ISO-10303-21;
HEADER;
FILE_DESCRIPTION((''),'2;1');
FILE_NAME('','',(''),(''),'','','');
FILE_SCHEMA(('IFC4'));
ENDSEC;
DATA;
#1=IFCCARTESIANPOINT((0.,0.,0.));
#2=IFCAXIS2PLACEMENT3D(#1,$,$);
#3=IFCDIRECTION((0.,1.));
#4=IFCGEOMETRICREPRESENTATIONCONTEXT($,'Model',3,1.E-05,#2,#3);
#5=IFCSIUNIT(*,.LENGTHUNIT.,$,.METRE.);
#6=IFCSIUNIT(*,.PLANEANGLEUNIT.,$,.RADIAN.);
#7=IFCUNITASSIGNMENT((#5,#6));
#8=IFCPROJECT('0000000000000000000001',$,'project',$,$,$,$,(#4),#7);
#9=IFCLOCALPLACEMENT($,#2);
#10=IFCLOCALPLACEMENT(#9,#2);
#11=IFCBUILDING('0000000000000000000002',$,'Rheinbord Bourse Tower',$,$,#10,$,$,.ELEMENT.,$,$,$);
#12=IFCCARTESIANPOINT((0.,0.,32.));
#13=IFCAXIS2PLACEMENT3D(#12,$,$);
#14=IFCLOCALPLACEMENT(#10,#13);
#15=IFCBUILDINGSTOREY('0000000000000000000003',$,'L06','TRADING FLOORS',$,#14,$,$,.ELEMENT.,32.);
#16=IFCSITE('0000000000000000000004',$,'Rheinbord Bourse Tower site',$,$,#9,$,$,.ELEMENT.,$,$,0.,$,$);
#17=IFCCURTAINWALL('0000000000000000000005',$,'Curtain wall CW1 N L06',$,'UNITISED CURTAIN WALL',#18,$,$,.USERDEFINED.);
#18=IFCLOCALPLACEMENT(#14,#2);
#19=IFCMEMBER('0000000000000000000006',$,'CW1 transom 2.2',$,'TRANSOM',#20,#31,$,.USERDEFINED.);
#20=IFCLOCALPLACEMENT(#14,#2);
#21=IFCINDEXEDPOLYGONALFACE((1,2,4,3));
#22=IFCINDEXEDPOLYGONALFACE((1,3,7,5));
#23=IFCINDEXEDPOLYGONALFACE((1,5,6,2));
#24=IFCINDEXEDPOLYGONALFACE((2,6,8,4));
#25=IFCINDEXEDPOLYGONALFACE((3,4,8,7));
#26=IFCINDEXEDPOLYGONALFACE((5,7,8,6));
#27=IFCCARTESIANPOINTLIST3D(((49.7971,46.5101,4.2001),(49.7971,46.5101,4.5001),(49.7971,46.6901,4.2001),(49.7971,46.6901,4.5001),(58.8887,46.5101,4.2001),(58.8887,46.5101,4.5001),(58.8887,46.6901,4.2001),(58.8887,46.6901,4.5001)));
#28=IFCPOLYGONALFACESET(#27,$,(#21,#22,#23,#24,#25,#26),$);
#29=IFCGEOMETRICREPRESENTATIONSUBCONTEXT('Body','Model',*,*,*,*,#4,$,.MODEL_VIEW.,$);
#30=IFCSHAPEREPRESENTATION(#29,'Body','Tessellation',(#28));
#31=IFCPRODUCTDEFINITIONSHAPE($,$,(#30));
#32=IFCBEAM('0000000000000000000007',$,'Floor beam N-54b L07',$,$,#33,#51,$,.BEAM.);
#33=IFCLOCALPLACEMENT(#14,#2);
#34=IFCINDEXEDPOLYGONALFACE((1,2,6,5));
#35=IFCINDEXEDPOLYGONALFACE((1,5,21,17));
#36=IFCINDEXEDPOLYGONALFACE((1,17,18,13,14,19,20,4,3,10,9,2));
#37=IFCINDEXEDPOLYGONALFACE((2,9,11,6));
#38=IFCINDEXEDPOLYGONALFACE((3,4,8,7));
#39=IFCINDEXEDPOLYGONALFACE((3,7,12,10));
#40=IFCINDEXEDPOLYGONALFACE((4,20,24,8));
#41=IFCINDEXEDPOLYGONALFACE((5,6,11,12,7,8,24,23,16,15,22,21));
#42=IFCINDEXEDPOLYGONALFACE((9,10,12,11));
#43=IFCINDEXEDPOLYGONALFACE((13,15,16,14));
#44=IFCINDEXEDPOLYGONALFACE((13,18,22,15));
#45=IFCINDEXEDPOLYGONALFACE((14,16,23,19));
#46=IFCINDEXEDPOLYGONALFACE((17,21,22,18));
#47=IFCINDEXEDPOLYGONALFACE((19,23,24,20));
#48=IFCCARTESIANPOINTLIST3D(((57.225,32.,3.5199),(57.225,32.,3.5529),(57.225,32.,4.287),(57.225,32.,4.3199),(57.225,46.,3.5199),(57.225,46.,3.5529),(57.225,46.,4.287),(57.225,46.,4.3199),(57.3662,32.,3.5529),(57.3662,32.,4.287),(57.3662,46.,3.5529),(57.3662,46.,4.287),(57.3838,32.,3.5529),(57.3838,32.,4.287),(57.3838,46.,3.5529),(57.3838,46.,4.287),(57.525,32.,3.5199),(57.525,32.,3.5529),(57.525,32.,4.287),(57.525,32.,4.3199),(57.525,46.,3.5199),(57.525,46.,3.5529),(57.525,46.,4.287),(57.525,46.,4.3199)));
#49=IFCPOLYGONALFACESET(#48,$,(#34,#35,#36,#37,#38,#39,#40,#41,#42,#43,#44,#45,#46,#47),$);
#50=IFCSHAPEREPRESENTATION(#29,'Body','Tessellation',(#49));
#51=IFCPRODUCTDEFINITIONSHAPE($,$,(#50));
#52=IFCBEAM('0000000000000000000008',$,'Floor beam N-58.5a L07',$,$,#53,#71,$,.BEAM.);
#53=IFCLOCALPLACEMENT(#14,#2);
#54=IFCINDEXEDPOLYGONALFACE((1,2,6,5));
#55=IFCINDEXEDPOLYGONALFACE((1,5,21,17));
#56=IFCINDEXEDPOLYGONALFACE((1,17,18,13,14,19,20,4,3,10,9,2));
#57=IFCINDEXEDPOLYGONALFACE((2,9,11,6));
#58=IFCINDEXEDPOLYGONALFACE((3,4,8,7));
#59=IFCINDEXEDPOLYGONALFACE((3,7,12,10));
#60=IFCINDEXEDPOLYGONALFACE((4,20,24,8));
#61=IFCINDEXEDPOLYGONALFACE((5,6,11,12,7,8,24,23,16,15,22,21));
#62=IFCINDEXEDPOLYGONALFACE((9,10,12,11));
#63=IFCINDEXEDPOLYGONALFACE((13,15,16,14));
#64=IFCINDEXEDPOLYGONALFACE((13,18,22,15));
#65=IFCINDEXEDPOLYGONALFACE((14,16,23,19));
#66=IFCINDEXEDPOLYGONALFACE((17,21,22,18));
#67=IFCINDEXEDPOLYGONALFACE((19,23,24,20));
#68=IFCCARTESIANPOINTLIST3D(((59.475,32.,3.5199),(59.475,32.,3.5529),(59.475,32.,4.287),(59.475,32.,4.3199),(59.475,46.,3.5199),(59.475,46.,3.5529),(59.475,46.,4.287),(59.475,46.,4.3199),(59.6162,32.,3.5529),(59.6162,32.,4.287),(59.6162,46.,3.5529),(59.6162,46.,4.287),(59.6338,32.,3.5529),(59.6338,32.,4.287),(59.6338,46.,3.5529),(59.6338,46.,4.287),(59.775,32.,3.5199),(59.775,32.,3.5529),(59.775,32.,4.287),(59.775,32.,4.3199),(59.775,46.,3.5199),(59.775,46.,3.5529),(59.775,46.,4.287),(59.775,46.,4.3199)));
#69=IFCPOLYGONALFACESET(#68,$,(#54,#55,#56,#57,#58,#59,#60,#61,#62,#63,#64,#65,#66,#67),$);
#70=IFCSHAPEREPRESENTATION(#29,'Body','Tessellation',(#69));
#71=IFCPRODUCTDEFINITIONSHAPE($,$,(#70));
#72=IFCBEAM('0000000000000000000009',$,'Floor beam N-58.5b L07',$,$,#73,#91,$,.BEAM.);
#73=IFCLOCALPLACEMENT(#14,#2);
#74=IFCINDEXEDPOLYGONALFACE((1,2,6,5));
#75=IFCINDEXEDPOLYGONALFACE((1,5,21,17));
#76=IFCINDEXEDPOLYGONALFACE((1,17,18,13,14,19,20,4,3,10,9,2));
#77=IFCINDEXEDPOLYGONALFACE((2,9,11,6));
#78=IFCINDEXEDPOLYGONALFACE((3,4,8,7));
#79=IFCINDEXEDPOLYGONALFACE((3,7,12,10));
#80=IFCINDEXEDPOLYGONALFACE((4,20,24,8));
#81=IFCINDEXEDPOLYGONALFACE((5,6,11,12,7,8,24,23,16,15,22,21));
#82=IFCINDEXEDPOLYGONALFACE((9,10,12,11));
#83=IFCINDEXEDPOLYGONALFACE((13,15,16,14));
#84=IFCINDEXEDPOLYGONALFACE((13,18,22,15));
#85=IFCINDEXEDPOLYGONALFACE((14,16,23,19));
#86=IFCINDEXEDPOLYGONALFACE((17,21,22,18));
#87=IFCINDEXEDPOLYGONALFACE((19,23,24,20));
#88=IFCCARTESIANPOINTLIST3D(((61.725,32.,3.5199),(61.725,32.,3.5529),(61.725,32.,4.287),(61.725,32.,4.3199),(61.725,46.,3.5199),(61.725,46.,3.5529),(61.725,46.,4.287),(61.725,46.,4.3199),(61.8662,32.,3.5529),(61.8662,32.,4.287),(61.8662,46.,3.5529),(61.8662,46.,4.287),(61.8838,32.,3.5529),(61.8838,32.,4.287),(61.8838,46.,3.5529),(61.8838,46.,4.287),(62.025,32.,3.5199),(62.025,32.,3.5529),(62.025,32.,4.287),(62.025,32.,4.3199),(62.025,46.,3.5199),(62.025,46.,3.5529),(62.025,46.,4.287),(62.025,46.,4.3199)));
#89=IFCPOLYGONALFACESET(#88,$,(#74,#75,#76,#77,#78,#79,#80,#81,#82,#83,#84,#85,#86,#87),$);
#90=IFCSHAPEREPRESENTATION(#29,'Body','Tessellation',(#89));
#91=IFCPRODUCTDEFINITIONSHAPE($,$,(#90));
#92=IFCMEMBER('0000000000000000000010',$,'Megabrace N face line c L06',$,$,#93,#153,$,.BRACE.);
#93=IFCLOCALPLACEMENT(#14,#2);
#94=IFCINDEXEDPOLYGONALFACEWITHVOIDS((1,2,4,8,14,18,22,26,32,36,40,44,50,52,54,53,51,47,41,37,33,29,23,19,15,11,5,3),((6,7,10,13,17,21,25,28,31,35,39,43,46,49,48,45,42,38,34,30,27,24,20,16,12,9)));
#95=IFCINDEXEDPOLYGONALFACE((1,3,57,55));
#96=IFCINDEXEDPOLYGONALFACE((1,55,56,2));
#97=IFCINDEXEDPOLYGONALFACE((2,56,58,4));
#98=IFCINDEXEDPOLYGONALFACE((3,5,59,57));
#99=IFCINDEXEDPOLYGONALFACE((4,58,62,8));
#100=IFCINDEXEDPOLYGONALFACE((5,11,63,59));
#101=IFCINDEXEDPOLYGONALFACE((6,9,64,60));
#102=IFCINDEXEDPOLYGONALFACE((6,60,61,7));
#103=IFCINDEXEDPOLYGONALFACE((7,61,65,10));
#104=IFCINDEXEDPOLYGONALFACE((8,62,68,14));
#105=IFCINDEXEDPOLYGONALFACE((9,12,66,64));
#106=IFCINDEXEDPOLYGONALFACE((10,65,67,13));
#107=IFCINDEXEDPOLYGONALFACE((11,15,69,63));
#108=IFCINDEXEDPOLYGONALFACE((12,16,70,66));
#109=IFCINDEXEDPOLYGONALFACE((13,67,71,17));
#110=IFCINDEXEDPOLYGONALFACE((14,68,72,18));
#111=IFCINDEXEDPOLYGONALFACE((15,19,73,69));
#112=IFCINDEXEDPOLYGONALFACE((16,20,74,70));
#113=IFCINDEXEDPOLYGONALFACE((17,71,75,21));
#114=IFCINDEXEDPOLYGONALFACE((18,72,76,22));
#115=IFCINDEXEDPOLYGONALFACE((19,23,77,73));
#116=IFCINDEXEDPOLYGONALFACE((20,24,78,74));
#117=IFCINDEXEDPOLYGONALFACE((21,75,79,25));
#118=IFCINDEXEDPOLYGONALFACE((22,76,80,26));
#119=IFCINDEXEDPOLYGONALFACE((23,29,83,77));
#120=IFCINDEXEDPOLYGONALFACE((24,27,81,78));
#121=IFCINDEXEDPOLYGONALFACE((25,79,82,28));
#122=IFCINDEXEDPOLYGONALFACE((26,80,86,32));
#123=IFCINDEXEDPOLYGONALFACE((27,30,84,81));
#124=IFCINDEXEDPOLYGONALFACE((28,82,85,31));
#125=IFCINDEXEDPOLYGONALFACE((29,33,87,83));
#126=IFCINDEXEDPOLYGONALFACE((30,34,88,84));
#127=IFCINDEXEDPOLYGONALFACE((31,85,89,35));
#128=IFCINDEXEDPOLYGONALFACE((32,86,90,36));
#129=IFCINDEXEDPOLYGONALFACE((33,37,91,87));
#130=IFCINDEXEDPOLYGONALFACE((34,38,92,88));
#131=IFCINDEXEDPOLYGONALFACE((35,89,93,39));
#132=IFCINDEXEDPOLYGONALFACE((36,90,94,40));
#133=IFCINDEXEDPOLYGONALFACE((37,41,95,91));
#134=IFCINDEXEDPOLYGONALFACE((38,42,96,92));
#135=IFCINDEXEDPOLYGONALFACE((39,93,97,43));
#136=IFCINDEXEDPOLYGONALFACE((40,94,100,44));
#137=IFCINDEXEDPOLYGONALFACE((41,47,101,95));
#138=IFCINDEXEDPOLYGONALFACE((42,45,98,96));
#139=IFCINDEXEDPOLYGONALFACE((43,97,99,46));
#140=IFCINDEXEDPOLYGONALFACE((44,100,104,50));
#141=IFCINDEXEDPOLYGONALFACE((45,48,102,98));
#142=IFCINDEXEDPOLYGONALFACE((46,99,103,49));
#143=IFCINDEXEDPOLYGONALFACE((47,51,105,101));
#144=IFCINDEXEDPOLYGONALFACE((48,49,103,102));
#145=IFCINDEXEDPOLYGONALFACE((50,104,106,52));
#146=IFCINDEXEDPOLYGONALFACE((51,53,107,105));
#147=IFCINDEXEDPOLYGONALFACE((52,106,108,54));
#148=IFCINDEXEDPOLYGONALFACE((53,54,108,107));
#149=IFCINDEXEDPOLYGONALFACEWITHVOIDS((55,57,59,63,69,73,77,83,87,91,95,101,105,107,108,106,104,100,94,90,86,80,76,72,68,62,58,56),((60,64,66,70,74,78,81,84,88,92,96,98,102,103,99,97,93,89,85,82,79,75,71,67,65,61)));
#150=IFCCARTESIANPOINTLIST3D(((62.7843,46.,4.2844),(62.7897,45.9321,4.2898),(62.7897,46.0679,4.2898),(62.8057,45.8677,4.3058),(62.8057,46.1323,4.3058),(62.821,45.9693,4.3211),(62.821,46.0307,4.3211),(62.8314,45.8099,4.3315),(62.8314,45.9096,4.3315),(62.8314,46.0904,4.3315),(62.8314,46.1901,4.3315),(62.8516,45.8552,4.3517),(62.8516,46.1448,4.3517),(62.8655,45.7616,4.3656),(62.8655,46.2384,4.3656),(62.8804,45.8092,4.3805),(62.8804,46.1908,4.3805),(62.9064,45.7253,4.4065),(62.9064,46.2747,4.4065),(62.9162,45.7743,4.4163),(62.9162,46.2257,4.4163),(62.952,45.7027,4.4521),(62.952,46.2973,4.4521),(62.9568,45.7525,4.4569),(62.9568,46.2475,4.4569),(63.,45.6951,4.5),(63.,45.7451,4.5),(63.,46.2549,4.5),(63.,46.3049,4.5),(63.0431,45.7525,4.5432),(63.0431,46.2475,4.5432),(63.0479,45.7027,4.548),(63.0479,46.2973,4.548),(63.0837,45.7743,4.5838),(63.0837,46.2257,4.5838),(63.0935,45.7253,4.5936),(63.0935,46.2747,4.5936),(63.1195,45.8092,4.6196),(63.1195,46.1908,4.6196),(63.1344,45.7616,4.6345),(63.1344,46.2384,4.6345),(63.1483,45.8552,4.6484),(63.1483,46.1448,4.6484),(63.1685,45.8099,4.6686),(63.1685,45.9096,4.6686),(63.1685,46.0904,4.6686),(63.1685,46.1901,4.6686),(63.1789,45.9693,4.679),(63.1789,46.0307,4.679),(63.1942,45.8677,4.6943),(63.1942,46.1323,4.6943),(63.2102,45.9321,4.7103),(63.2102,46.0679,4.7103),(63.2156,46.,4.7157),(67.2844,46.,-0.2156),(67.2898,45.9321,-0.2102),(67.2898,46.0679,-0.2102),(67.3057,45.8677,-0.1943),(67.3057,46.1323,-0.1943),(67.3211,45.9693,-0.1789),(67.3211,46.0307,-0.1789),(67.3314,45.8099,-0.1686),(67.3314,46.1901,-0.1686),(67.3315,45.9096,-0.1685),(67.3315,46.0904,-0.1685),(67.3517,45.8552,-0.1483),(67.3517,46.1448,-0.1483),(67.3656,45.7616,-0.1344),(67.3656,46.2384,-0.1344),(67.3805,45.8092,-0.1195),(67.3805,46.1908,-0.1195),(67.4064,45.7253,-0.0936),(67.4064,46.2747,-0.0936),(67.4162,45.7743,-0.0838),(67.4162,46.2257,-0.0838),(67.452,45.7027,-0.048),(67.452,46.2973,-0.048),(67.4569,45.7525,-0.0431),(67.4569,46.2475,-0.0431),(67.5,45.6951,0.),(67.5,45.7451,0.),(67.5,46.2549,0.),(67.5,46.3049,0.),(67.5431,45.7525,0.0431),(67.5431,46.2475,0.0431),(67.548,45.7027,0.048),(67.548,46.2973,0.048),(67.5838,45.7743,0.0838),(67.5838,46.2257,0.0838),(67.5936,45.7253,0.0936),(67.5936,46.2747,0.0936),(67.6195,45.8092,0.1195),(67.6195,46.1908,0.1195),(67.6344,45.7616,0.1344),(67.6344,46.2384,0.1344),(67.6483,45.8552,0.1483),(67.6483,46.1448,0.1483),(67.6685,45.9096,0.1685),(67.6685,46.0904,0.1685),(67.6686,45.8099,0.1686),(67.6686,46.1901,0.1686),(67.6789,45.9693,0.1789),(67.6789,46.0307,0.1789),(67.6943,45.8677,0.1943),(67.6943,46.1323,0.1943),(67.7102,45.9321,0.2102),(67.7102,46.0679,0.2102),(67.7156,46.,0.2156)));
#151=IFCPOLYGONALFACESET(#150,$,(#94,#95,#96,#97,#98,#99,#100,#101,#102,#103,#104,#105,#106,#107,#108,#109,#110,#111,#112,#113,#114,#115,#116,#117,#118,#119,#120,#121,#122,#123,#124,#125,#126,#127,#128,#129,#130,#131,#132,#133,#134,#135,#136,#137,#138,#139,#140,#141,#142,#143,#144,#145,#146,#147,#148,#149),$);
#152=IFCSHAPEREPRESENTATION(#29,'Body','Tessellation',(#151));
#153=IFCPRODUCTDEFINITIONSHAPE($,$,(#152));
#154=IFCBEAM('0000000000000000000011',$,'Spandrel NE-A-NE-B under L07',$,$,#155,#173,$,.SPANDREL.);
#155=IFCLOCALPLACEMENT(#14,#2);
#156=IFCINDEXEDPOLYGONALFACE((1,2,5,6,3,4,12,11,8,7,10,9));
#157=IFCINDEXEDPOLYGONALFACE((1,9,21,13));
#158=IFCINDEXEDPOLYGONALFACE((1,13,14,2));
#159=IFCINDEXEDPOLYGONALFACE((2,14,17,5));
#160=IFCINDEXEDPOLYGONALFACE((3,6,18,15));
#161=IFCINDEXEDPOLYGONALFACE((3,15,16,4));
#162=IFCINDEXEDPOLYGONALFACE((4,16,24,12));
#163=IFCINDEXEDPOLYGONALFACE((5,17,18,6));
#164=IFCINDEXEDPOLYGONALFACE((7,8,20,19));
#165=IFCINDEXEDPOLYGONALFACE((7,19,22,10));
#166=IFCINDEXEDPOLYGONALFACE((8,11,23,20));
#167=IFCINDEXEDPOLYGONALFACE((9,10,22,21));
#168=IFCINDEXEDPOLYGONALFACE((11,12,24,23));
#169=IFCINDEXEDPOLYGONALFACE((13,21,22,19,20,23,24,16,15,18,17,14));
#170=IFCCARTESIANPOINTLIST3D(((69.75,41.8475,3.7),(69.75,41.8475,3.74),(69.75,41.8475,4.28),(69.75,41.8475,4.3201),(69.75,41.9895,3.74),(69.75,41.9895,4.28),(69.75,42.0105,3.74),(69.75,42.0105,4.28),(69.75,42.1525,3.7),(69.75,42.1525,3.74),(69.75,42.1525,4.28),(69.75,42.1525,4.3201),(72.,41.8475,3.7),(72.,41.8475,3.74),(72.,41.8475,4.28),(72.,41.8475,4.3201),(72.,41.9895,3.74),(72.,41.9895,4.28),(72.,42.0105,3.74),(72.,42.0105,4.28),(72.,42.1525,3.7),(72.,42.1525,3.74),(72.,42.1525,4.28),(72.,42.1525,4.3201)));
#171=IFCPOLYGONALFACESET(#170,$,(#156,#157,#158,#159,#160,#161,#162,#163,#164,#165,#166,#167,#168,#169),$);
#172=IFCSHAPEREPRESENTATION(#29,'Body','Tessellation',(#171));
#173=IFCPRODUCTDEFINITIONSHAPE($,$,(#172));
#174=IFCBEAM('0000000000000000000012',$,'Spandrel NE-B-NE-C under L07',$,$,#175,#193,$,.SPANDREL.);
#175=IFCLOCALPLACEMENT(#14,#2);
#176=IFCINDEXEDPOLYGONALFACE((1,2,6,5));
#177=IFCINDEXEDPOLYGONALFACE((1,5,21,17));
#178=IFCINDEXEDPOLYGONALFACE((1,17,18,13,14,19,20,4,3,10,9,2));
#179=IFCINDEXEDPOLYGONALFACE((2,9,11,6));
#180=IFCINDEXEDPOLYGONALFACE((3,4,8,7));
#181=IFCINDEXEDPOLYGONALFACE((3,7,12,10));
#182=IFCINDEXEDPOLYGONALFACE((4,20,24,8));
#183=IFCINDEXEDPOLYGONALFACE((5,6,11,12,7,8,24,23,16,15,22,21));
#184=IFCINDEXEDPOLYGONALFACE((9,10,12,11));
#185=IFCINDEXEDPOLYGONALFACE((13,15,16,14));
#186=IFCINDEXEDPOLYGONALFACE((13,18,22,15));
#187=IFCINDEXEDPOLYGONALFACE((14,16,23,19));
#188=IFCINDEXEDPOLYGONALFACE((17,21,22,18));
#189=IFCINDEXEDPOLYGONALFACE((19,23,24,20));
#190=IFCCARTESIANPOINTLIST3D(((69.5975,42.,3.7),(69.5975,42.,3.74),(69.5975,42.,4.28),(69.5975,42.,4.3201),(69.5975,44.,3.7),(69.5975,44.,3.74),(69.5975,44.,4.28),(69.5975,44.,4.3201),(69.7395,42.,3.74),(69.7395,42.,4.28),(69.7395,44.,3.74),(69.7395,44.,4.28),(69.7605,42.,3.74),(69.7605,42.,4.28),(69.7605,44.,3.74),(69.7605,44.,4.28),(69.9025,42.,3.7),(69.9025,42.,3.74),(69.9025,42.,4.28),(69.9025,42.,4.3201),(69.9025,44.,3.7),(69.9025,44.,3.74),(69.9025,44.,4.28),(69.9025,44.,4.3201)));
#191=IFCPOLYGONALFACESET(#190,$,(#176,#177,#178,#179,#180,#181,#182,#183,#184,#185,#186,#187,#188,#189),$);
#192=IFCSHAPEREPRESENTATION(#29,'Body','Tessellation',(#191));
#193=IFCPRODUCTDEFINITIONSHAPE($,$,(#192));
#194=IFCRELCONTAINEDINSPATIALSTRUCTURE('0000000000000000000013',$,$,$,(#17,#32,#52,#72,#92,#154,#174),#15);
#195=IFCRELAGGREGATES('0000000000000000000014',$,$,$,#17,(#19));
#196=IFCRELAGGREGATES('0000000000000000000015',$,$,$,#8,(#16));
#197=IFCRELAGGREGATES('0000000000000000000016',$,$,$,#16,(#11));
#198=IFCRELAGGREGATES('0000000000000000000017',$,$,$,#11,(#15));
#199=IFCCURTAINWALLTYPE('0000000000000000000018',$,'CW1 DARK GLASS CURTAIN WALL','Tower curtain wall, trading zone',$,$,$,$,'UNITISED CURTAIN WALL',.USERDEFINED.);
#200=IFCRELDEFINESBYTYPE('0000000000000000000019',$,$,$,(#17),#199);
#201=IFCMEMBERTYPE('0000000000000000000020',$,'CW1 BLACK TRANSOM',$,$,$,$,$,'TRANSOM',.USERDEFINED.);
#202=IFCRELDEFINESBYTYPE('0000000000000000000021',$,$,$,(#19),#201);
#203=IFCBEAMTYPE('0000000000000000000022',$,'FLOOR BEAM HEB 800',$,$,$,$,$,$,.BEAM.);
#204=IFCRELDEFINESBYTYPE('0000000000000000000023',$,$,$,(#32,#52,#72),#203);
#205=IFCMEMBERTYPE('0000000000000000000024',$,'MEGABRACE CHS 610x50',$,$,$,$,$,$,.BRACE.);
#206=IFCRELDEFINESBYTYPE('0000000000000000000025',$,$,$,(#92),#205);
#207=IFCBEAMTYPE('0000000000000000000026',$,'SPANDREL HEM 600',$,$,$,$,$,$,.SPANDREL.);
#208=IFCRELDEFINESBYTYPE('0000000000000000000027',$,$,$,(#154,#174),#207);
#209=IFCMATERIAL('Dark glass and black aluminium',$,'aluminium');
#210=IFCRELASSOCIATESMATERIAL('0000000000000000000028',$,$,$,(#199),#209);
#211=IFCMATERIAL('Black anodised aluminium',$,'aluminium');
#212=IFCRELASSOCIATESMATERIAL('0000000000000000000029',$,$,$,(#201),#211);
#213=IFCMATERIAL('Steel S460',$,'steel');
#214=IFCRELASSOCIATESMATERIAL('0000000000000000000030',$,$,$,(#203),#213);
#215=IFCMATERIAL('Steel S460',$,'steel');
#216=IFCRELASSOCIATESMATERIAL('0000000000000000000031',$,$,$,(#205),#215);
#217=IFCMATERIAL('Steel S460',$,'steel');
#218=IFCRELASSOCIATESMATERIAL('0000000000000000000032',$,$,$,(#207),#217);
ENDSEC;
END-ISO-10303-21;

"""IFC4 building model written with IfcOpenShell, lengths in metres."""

from ifc_helpers import new_model, si_unit, direction, frame, origin, origin_2d, place, context, subcontext, project, spatial, rectangle, hollow_circle, i_section, extrude, material, material_profile, profile_set, type_object, element, aggregate, save


model = new_model("IFC4")

# Units and contexts
model_context = context("Model", 3, precision=1e-05, world=origin(), true_north=direction((0.0, 1.0)))
body_context = subcontext(model_context, "Body", "Model", "MODEL_VIEW")
ifc_project = project(units=[si_unit("LENGTHUNIT", "METRE"), si_unit("PLANEANGLEUNIT", "RADIAN")], contexts=[model_context])

# Site, building, storey
site_placement = place(None, origin())
site = spatial("IfcSite", under=ifc_project, at=site_placement, Name="Rheinbord Bourse Tower site", CompositionType="ELEMENT", RefElevation=0.0)
building_placement = place(site_placement, origin())
building = spatial("IfcBuilding", under=site, at=building_placement, Name="Rheinbord Bourse Tower", CompositionType="ELEMENT")
storey_placement = place(building_placement, frame((0.0, 0.0, 32.0)))
storey = spatial("IfcBuildingStorey", under=building, at=storey_placement, Name="L06", Description="TRADING FLOORS", CompositionType="ELEMENT", Elevation=32.0)

# Curtain wall
ifc_material_1 = material(Name="Dark glass and black aluminium", Category="aluminium")
curtain_wall_type = type_object("IfcCurtainWallType", Name="CW1 DARK GLASS CURTAIN WALL", Description="Tower curtain wall, trading zone", ElementType="UNITISED CURTAIN WALL", PredefinedType="USERDEFINED", material=ifc_material_1)
curtain_wall_1_placement = place(storey_placement, origin())
curtain_wall_1 = element("IfcCurtainWall", 1, at=curtain_wall_1_placement, inside=storey, type_object=curtain_wall_type, Name="Curtain wall CW1 N L06", ObjectType="UNITISED CURTAIN WALL", PredefinedType="USERDEFINED")

# Member
ifc_material_2 = material(Name="Black anodised aluminium", Category="aluminium")
ifc_material_profile_1 = material_profile(ifc_material_2, rectangle(XDim=0.1799, YDim=0.3, at=origin_2d()), Name="CW1 TRANSOM 300x180")
ifc_profile_set_1 = profile_set([ifc_material_profile_1], Name="Black anodised aluminium")
member_type_1 = type_object("IfcMemberType", Name="CW1 BLACK TRANSOM", ElementType="TRANSOM", PredefinedType="USERDEFINED", material=ifc_profile_set_1)
member_1_placement = place(storey_placement, frame((58.8887, 46.6001, 4.3501), z_axis=(-1.0, 0.0, 0.0), x_axis=(0.0, -1.0, 0.0)))
member_1 = element("IfcMember", 2, at=member_1_placement, type_object=member_type_1, Name="CW1 transom 2.2", ObjectType="TRANSOM", PredefinedType="USERDEFINED", context=body_context, shape_type="SweptSolid", body=[
    extrude(rectangle(XDim=0.1799, YDim=0.3, at=origin_2d()), origin(), (0.0, 0.0, 1.0), 9.0916),
])

# Beams
ifc_material_3 = material(Name="Steel S460", Category="steel")
ifc_material_profile_2 = material_profile(ifc_material_3, i_section(OverallWidth=0.3, OverallDepth=0.8, WebThickness=0.0176, FlangeThickness=0.033, at=origin_2d()), Name="HEB 800")
ifc_profile_set_2 = profile_set([ifc_material_profile_2], Name="Steel S460")
beam_type_1 = type_object("IfcBeamType", Name="FLOOR BEAM HEB 800", PredefinedType="BEAM", material=ifc_profile_set_2)
for number, where, z_axis, x_axis, name in (
    (3, (57.375, 46.0, 3.9199), (0.0, -1.0, 0.0), (1.0, 0.0, 0.0), "Floor beam N-54b L07"),
    (4, (59.625, 46.0, 3.9199), (0.0, -1.0, 0.0), (1.0, 0.0, 0.0), "Floor beam N-58.5a L07"),
    (5, (61.875, 46.0, 3.9199), (0.0, -1.0, 0.0), (1.0, 0.0, 0.0), "Floor beam N-58.5b L07"),
):
    element("IfcBeam", number, at=place(storey_placement, frame(where, z_axis=z_axis, x_axis=x_axis)), inside=storey, type_object=beam_type_1, Name=name, PredefinedType="BEAM", context=body_context, shape_type="SweptSolid", body=[
        extrude(i_section(OverallWidth=0.3, OverallDepth=0.8, WebThickness=0.0176, FlangeThickness=0.033, at=origin_2d()), origin(), (0.0, 0.0, 1.0), 14.0),
    ])

# Member
ifc_material_4 = material(Name="Steel S460", Category="steel")
ifc_material_profile_3 = material_profile(ifc_material_4, hollow_circle(Radius=0.3049, WallThickness=0.05, at=origin_2d()), Name="CHS 610x50")
ifc_profile_set_3 = profile_set([ifc_material_profile_3], Name="Steel S460")
member_type_2 = type_object("IfcMemberType", Name="MEGABRACE CHS 610x50", PredefinedType="BRACE", material=ifc_profile_set_3)
member_2_placement = place(storey_placement, frame((67.5, 46.0, 0.0), z_axis=(-0.707107, 0.0, 0.707107), x_axis=(0.0, -1.0, 0.0)))
element("IfcMember", 6, at=member_2_placement, inside=storey, type_object=member_type_2, Name="Megabrace N face line c L06", PredefinedType="BRACE", context=body_context, shape_type="SweptSolid", body=[
    extrude(hollow_circle(Radius=0.3049, WallThickness=0.05, at=origin_2d()), origin(), (0.0, 0.0, 1.0), 6.364),
])

# Beams
ifc_material_5 = material(Name="Steel S460", Category="steel")
ifc_material_profile_4 = material_profile(ifc_material_5, i_section(OverallWidth=0.3049, OverallDepth=0.6201, WebThickness=0.021, FlangeThickness=0.04, at=origin_2d()), Name="HEM 600")
ifc_profile_set_4 = profile_set([ifc_material_profile_4], Name="Steel S460")
beam_type_2 = type_object("IfcBeamType", Name="SPANDREL HEM 600", PredefinedType="SPANDREL", material=ifc_profile_set_4)
beam_1_placement = place(storey_placement, frame((72.0, 42.0, 4.01), z_axis=(-1.0, 0.0, 0.0), x_axis=(0.0, -1.0, 0.0)))
element("IfcBeam", 7, at=beam_1_placement, inside=storey, type_object=beam_type_2, Name="Spandrel NE-A-NE-B under L07", PredefinedType="SPANDREL", context=body_context, shape_type="SweptSolid", body=[
    extrude(i_section(OverallWidth=0.3049, OverallDepth=0.6201, WebThickness=0.021, FlangeThickness=0.04, at=origin_2d()), origin(), (0.0, 0.0, 1.0), 2.25),
])
beam_2_placement = place(storey_placement, frame((69.75, 42.0, 4.01), z_axis=(0.0, 1.0, 0.0), x_axis=(-1.0, 0.0, 0.0)))
element("IfcBeam", 8, at=beam_2_placement, inside=storey, type_object=beam_type_2, Name="Spandrel NE-B-NE-C under L07", PredefinedType="SPANDREL", context=body_context, shape_type="SweptSolid", body=[
    extrude(i_section(OverallWidth=0.3049, OverallDepth=0.6201, WebThickness=0.021, FlangeThickness=0.04, at=origin_2d()), origin(), (0.0, 0.0, 1.0), 2.0),
])

aggregate(curtain_wall_1, [member_1])

save(model, "model.ifc")
